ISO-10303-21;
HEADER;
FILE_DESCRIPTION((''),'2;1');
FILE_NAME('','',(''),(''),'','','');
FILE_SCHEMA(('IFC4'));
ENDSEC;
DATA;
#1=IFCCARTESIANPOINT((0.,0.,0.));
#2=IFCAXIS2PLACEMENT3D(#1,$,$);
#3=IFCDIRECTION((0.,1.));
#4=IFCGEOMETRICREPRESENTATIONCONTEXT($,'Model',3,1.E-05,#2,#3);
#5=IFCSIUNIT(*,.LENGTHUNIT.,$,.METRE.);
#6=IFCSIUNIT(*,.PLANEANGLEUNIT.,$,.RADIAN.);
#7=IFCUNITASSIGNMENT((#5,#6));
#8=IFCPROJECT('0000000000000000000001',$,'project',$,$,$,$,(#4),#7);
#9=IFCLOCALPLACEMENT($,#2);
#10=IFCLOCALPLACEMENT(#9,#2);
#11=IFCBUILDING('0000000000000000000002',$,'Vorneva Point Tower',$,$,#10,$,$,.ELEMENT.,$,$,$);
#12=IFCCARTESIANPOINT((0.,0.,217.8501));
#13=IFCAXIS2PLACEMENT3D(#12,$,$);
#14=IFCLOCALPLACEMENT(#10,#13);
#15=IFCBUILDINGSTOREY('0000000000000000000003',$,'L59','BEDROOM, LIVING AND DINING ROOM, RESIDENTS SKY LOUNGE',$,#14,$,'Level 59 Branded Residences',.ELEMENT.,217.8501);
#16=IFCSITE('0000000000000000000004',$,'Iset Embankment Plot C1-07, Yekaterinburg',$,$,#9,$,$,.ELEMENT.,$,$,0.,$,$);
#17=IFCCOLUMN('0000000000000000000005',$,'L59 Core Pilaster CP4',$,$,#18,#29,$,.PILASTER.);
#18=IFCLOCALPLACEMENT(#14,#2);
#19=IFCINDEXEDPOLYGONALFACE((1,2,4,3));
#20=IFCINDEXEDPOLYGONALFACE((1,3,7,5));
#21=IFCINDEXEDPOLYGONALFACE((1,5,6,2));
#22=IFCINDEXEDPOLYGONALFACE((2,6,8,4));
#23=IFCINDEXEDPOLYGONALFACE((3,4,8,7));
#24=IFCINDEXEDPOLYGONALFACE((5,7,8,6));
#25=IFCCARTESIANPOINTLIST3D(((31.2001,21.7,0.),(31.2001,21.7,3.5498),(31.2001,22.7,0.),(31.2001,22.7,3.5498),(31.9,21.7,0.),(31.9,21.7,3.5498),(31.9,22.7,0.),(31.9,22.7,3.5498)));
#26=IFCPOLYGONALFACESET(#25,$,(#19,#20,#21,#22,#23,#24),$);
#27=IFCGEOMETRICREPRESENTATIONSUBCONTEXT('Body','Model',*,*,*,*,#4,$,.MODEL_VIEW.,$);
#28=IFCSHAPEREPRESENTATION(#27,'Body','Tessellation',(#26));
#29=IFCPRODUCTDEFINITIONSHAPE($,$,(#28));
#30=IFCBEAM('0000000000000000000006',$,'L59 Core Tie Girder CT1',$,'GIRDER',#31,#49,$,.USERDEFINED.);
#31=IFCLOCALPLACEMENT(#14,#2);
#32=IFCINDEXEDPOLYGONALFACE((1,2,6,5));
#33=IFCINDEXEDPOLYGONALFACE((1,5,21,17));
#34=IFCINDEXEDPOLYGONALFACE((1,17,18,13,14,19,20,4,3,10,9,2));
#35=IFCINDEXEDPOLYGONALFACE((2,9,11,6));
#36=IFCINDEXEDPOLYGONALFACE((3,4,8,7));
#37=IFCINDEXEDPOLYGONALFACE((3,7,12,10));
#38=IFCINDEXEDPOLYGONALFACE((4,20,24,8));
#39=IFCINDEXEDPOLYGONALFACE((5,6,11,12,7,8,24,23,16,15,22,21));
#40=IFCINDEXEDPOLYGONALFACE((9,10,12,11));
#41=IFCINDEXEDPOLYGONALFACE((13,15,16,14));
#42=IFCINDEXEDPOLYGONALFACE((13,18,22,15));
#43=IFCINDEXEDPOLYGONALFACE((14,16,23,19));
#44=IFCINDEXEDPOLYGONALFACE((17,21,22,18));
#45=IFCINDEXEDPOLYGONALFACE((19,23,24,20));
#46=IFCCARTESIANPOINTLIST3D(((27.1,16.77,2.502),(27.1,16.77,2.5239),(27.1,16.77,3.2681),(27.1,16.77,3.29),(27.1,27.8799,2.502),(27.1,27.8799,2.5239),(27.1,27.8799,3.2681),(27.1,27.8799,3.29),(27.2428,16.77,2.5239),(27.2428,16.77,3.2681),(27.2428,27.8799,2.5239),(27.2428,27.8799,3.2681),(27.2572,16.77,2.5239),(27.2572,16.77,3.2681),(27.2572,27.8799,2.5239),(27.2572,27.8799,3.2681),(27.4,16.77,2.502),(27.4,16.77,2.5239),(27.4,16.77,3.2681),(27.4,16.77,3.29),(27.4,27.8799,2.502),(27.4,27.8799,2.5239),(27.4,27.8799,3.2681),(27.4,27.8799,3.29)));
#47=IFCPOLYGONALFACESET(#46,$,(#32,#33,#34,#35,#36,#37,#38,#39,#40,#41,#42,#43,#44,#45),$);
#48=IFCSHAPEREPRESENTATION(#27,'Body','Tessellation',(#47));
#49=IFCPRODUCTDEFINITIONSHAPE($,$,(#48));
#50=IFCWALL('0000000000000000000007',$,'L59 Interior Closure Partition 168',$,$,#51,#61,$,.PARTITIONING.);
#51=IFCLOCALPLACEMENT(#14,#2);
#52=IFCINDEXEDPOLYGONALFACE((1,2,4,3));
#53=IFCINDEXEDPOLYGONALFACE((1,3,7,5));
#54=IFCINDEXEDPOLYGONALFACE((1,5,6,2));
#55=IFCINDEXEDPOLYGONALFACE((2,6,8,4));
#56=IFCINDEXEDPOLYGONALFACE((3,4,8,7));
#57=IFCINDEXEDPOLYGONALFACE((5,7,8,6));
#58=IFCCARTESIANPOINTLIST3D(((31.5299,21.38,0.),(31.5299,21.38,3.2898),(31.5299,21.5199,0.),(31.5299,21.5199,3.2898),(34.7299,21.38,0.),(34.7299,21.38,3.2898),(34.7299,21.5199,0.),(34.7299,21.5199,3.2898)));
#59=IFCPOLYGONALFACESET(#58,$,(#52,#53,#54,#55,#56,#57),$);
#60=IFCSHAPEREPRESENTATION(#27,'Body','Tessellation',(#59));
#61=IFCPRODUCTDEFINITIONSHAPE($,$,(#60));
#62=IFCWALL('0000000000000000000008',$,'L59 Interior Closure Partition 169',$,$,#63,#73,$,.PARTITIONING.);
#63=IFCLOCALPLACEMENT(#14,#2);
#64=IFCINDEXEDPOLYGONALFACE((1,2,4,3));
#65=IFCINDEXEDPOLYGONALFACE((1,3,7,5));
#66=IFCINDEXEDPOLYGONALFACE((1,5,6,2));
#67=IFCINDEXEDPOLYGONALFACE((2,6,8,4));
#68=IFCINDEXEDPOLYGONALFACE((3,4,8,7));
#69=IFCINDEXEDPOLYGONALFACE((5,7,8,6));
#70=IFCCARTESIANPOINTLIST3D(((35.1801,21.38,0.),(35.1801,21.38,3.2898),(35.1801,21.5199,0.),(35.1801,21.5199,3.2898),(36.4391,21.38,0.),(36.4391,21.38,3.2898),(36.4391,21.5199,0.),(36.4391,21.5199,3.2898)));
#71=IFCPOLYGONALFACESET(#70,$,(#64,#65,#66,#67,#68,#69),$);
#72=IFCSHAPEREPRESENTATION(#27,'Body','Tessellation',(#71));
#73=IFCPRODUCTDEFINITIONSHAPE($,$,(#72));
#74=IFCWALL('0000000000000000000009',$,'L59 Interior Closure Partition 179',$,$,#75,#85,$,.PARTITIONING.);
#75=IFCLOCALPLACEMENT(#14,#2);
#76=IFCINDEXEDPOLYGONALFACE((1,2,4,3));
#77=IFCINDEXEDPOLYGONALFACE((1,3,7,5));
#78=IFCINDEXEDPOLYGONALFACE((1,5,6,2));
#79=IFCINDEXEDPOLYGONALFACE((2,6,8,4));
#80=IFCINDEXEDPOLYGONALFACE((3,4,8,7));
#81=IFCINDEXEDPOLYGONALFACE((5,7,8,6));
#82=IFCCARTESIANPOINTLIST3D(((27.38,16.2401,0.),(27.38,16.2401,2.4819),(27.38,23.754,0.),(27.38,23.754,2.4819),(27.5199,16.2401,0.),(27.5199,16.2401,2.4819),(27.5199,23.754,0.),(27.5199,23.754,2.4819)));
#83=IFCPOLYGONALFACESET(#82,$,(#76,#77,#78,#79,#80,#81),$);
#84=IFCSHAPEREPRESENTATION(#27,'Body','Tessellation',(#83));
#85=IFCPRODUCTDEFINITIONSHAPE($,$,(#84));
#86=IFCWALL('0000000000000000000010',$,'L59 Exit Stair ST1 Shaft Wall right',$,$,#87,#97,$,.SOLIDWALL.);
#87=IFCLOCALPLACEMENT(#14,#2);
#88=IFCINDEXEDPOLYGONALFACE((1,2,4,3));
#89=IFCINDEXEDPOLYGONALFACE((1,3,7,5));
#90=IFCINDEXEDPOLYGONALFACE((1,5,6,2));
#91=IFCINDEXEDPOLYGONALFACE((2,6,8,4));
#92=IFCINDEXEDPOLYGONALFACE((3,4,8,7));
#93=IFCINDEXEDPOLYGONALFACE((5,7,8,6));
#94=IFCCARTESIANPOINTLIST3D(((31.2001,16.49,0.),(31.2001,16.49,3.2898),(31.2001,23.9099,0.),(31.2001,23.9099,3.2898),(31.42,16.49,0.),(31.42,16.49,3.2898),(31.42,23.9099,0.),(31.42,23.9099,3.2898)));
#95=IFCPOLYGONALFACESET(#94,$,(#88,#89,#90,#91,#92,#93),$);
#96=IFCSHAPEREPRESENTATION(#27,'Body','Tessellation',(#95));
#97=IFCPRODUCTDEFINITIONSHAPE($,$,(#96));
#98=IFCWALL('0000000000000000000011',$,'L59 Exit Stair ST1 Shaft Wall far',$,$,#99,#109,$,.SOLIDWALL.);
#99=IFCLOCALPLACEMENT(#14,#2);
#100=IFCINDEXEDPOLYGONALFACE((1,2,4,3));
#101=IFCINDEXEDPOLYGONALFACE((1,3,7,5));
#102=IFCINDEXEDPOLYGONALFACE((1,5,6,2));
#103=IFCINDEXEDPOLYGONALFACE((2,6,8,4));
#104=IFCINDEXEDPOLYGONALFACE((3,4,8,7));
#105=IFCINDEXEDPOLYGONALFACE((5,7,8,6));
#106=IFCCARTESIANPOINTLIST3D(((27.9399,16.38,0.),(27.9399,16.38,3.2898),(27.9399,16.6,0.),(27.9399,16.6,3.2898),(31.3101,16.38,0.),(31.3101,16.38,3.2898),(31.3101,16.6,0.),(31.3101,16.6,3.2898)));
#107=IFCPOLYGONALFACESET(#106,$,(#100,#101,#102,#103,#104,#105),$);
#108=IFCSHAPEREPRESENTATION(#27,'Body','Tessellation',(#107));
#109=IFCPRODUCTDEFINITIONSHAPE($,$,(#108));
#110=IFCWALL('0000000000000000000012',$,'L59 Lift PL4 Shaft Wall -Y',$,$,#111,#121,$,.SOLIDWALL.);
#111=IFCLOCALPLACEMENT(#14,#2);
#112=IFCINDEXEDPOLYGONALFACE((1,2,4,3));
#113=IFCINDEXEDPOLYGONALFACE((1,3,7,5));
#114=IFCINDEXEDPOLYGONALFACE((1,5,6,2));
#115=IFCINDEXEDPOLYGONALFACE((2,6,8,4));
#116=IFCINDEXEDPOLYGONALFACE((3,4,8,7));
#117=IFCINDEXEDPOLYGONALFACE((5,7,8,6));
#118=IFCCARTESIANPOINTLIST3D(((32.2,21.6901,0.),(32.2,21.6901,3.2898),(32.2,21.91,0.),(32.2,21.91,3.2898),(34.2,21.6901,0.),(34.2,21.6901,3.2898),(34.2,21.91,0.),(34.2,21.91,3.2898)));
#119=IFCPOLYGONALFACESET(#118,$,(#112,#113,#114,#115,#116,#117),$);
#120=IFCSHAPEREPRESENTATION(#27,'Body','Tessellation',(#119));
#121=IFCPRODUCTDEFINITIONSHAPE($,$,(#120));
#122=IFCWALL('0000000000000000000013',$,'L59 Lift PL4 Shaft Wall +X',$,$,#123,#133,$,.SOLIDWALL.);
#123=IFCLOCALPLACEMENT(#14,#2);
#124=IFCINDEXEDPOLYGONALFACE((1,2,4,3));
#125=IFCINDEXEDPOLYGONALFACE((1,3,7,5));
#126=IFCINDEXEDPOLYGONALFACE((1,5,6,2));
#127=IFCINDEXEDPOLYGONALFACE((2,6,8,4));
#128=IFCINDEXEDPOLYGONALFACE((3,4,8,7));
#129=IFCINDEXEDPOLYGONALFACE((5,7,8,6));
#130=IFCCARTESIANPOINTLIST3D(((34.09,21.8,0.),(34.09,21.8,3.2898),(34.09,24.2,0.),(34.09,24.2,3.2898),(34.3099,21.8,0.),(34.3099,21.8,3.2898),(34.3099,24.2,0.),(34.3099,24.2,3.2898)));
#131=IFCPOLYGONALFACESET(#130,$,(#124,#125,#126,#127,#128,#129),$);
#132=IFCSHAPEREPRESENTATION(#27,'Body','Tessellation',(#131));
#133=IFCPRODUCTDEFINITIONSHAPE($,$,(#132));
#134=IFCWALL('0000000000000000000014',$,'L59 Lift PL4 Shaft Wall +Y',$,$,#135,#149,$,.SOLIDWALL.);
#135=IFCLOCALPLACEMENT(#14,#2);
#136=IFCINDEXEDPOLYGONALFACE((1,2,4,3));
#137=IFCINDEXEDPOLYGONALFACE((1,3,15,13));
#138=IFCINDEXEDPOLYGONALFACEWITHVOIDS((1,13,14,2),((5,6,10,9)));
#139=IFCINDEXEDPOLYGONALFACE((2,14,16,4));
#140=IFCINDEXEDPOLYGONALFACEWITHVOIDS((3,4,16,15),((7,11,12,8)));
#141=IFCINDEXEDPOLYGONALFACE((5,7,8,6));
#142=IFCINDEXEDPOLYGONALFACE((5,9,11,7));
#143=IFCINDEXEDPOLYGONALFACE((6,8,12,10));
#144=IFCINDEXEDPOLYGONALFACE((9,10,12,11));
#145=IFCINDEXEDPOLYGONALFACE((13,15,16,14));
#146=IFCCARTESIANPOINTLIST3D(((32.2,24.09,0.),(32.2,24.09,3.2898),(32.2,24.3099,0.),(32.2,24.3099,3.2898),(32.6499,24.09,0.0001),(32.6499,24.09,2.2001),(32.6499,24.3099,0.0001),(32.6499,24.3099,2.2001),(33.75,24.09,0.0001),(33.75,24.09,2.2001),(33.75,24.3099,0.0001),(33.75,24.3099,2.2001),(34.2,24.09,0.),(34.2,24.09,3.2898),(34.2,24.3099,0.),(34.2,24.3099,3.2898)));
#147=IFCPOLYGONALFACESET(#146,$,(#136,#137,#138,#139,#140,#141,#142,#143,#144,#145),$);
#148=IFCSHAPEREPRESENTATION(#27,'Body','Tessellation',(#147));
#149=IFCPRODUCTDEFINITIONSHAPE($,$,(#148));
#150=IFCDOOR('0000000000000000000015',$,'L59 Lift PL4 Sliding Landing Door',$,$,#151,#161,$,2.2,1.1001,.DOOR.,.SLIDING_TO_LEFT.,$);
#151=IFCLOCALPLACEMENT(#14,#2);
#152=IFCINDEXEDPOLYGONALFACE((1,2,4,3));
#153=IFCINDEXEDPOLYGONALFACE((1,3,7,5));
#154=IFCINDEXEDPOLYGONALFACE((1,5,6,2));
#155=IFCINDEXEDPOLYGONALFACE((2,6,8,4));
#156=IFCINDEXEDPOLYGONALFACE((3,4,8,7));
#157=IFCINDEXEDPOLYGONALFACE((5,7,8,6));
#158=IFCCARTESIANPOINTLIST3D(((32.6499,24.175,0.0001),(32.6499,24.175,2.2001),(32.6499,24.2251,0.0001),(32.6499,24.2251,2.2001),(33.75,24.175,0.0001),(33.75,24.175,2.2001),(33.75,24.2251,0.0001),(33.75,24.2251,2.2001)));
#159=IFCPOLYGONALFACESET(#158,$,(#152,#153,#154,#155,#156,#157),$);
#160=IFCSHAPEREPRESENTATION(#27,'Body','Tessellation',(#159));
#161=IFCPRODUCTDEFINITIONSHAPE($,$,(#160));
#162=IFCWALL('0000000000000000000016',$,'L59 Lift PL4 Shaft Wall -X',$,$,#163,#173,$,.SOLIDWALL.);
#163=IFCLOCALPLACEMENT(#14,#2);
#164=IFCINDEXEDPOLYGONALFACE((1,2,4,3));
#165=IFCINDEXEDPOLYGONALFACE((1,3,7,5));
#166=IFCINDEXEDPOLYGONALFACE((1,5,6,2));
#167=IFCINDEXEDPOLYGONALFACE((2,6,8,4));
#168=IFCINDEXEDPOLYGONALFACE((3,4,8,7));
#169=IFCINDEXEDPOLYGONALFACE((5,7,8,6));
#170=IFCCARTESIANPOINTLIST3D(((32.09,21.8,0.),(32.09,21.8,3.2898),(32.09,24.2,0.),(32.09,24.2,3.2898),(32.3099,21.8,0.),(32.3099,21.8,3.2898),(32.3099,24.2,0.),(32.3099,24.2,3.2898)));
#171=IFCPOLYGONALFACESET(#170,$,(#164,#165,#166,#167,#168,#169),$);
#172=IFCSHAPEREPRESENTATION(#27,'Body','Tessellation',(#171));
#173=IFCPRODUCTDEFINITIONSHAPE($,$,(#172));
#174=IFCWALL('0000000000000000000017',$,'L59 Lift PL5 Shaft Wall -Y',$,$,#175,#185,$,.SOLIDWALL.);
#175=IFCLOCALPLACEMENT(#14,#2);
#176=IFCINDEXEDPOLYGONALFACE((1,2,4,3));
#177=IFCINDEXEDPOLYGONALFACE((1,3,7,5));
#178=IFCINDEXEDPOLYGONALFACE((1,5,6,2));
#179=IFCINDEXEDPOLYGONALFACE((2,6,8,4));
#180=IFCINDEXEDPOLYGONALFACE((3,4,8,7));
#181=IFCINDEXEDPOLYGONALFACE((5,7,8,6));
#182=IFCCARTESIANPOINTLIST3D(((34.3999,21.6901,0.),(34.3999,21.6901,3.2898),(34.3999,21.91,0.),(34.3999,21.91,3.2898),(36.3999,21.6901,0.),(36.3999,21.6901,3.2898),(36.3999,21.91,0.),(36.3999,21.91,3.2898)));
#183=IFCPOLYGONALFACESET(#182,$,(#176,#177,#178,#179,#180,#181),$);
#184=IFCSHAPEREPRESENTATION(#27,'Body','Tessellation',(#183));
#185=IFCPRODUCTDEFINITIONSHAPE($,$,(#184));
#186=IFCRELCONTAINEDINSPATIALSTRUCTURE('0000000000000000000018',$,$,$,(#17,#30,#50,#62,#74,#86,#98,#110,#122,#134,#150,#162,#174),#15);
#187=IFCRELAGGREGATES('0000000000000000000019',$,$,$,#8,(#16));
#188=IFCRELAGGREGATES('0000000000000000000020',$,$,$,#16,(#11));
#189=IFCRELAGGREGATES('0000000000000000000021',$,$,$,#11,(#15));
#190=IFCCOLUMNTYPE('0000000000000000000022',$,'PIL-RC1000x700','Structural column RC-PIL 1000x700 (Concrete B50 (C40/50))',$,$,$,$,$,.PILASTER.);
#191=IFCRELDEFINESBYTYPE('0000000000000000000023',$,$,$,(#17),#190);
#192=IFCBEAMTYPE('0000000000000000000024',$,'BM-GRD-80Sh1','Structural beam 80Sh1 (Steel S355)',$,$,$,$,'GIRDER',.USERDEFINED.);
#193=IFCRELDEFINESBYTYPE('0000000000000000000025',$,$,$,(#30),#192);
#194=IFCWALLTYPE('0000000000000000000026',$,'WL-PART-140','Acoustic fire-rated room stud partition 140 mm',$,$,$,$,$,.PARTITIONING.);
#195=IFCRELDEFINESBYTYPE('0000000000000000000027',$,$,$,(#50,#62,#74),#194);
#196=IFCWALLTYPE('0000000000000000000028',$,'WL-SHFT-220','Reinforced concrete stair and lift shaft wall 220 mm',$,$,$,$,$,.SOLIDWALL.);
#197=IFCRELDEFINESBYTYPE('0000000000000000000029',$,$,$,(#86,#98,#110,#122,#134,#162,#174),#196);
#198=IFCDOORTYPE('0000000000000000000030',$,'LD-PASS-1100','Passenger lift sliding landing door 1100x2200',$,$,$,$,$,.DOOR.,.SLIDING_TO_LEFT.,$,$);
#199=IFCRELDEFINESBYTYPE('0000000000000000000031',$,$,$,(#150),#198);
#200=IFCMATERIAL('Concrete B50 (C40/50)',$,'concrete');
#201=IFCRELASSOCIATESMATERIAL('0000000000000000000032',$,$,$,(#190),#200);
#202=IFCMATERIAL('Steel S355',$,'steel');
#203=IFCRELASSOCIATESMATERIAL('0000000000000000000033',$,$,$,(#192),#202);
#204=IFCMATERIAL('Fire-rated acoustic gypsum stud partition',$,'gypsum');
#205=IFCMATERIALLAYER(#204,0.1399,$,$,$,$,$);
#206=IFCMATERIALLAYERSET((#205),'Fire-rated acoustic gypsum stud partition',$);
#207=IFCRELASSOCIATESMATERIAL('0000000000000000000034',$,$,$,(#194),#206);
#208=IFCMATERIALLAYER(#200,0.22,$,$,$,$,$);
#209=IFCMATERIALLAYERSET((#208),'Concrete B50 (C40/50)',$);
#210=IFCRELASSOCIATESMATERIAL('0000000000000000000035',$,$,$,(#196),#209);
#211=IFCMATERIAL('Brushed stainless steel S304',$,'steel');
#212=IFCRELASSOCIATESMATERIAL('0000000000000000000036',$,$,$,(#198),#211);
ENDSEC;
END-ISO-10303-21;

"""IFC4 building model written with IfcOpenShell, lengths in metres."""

from ifc_helpers import new_model, si_unit, direction, frame, frame_2d, origin, origin_2d, place, context, subcontext, project, spatial, rectangle, i_section, extrude, material, layer, layer_set, material_profile, profile_set, type_object, element, fill, save


model = new_model("IFC4")

# Units and contexts
model_context = context("Model", 3, precision=1e-05, world=origin(), true_north=direction((0.0, 1.0)))
body_context = subcontext(model_context, "Body", "Model", "MODEL_VIEW")
ifc_project = project(units=[si_unit("LENGTHUNIT", "METRE"), si_unit("PLANEANGLEUNIT", "RADIAN")], contexts=[model_context])

# Site, building, storey
site_placement = place(None, origin())
site = spatial("IfcSite", under=ifc_project, at=site_placement, Name="Iset Embankment Plot C1-07, Yekaterinburg", CompositionType="ELEMENT", RefElevation=0.0)
building_placement = place(site_placement, origin())
building = spatial("IfcBuilding", under=site, at=building_placement, Name="Vorneva Point Tower", CompositionType="ELEMENT")
storey_placement = place(building_placement, frame((0.0, 0.0, 217.8501)))
storey = spatial("IfcBuildingStorey", under=building, at=storey_placement, Name="L59", Description="BEDROOM, LIVING AND DINING ROOM, RESIDENTS SKY LOUNGE", LongName="Level 59 Branded Residences", CompositionType="ELEMENT", Elevation=217.8501)

# Column
ifc_material_1 = material(Name="Concrete B50 (C40/50)", Category="concrete")
ifc_material_profile_1 = material_profile(ifc_material_1, rectangle(XDim=0.7, YDim=1.0, at=origin_2d()), Name="RC-PIL 1000x700")
ifc_profile_set_1 = profile_set([ifc_material_profile_1], Name="Concrete B50 (C40/50)")
column_type = type_object("IfcColumnType", Name="PIL-RC1000x700", Description="Structural column RC-PIL 1000x700 (Concrete B50 (C40/50))", PredefinedType="PILASTER", material=ifc_profile_set_1)
column_placement = place(storey_placement, frame((31.55, 22.2, 0.0), z_axis=(0.0, 0.0, 1.0), x_axis=(1.0, 0.0, 0.0)))
element("IfcColumn", 1, at=column_placement, inside=storey, type_object=column_type, Name="L59 Core Pilaster CP4", PredefinedType="PILASTER", context=body_context, shape_type="SweptSolid", body=[
    extrude(rectangle(XDim=0.7, YDim=1.0, at=origin_2d()), origin(), (0.0, 0.0, 1.0), 3.5498),
])

# Beam
ifc_material_2 = material(Name="Steel S355", Category="steel")
ifc_material_profile_2 = material_profile(ifc_material_2, i_section(OverallWidth=0.3, OverallDepth=0.7881, WebThickness=0.0144, FlangeThickness=0.022, at=origin_2d()), Name="80Sh1")
ifc_profile_set_2 = profile_set([ifc_material_profile_2], Name="Steel S355")
beam_type = type_object("IfcBeamType", Name="BM-GRD-80Sh1", Description="Structural beam 80Sh1 (Steel S355)", ElementType="GIRDER", PredefinedType="USERDEFINED", material=ifc_profile_set_2)
beam_placement = place(storey_placement, frame((27.25, 16.77, 2.896), z_axis=(0.0, 1.0, 0.0), x_axis=(-1.0, 0.0, 0.0)))
element("IfcBeam", 2, at=beam_placement, inside=storey, type_object=beam_type, Name="L59 Core Tie Girder CT1", ObjectType="GIRDER", PredefinedType="USERDEFINED", context=body_context, shape_type="SweptSolid", body=[
    extrude(i_section(OverallWidth=0.3, OverallDepth=0.7881, WebThickness=0.0144, FlangeThickness=0.022, at=origin_2d()), origin(), (0.0, 0.0, 1.0), 11.1099),
])

# Walls
ifc_material_3 = material(Name="Fire-rated acoustic gypsum stud partition", Category="gypsum")
ifc_layer_1 = layer(ifc_material_3, 0.1399)
ifc_layer_set_1 = layer_set([ifc_layer_1], Name="Fire-rated acoustic gypsum stud partition")
wall_type_1 = type_object("IfcWallType", Name="WL-PART-140", Description="Acoustic fire-rated room stud partition 140 mm", PredefinedType="PARTITIONING", material=ifc_layer_set_1)
wall_1_placement = place(storey_placement, frame((34.73, 21.45, 0.0), z_axis=(0.0, 0.0, 1.0), x_axis=(-1.0, 0.0, 0.0)))
element("IfcWall", 3, at=wall_1_placement, inside=storey, type_object=wall_type_1, Name="L59 Interior Closure Partition 168", PredefinedType="PARTITIONING", context=body_context, shape_type="SweptSolid", body=[
    extrude(rectangle(XDim=3.2, YDim=0.1399, at=frame_2d((1.6001, 0.0))), origin(), (0.0, 0.0, 1.0), 3.2898),
])
wall_2_placement = place(storey_placement, frame((36.439, 21.45, 0.0), z_axis=(0.0, 0.0, 1.0), x_axis=(-1.0, 0.0, 0.0)))
element("IfcWall", 4, at=wall_2_placement, inside=storey, type_object=wall_type_1, Name="L59 Interior Closure Partition 169", PredefinedType="PARTITIONING", context=body_context, shape_type="SweptSolid", body=[
    extrude(rectangle(XDim=1.259, YDim=0.1399, at=frame_2d((0.6294, 0.0))), origin(), (0.0, 0.0, 1.0), 3.2898),
])
wall_3_placement = place(storey_placement, frame((27.45, 23.7539, 0.0), z_axis=(0.0, 0.0, 1.0), x_axis=(0.0, -1.0, 0.0)))
element("IfcWall", 5, at=wall_3_placement, inside=storey, type_object=wall_type_1, Name="L59 Interior Closure Partition 179", PredefinedType="PARTITIONING", context=body_context, shape_type="SweptSolid", body=[
    extrude(rectangle(XDim=7.5139, YDim=0.1399, at=frame_2d((3.7568, 0.0))), origin(), (0.0, 0.0, 1.0), 2.4819),
])

# Shared definitions
ifc_layer_2 = layer(ifc_material_1, 0.22)
ifc_layer_set_2 = layer_set([ifc_layer_2], Name="Concrete B50 (C40/50)")
wall_type_2 = type_object("IfcWallType", Name="WL-SHFT-220", Description="Reinforced concrete stair and lift shaft wall 220 mm", PredefinedType="SOLIDWALL", material=ifc_layer_set_2)

# Walls
wall_4_placement = place(storey_placement, frame((31.3101, 23.9099, 0.0), z_axis=(0.0, 0.0, 1.0), x_axis=(0.0, -1.0, 0.0)))
element("IfcWall", 6, at=wall_4_placement, inside=storey, type_object=wall_type_2, Name="L59 Exit Stair ST1 Shaft Wall right", PredefinedType="SOLIDWALL", context=body_context, shape_type="SweptSolid", body=[
    extrude(rectangle(XDim=7.4199, YDim=0.22, at=frame_2d((3.71, 0.0))), origin(), (0.0, 0.0, 1.0), 3.2898),
])
wall_5_placement = place(storey_placement, frame((31.3101, 16.49, 0.0), z_axis=(0.0, 0.0, 1.0), x_axis=(-1.0, 0.0, 0.0)))
element("IfcWall", 7, at=wall_5_placement, inside=storey, type_object=wall_type_2, Name="L59 Exit Stair ST1 Shaft Wall far", PredefinedType="SOLIDWALL", context=body_context, shape_type="SweptSolid", body=[
    extrude(rectangle(XDim=3.3701, YDim=0.22, at=frame_2d((1.6851, 0.0))), origin(), (0.0, 0.0, 1.0), 3.2898),
])
wall_6_placement = place(storey_placement, frame((32.2, 21.8, 0.0), z_axis=(0.0, 0.0, 1.0), x_axis=(1.0, 0.0, 0.0)))
element("IfcWall", 8, at=wall_6_placement, inside=storey, type_object=wall_type_2, Name="L59 Lift PL4 Shaft Wall -Y", PredefinedType="SOLIDWALL", context=body_context, shape_type="SweptSolid", body=[
    extrude(rectangle(XDim=2.0, YDim=0.22, at=frame_2d((1.0, 0.0))), origin(), (0.0, 0.0, 1.0), 3.2898),
])
wall_7_placement = place(storey_placement, frame((34.2, 21.8, 0.0), z_axis=(0.0, 0.0, 1.0), x_axis=(0.0, 1.0, 0.0)))
element("IfcWall", 9, at=wall_7_placement, inside=storey, type_object=wall_type_2, Name="L59 Lift PL4 Shaft Wall +X", PredefinedType="SOLIDWALL", context=body_context, shape_type="SweptSolid", body=[
    extrude(rectangle(XDim=2.3999, YDim=0.22, at=frame_2d((1.2, 0.0))), origin(), (0.0, 0.0, 1.0), 3.2898),
])

# Wall, opening, door
wall_8_placement = place(storey_placement, frame((34.2, 24.2, 0.0), z_axis=(0.0, 0.0, 1.0), x_axis=(-1.0, 0.0, 0.0)))
wall_8 = element("IfcWall", 10, at=wall_8_placement, inside=storey, type_object=wall_type_2, Name="L59 Lift PL4 Shaft Wall +Y", PredefinedType="SOLIDWALL", context=body_context, shape_type="SweptSolid", body=[
    extrude(rectangle(XDim=2.0, YDim=0.22, at=frame_2d((1.0, 0.0))), origin(), (0.0, 0.0, 1.0), 3.2898),
])
opening_1_placement = place(wall_8_placement, frame((0.45, 0.0, 0.0)))
opening_1 = element("IfcOpeningElement", 11, at=opening_1_placement, cuts=wall_8, PredefinedType="OPENING", context=body_context, shape_type="SweptSolid", body=[
    extrude(rectangle(XDim=1.1001, YDim=2.2, at=frame_2d((0.55, 1.1001))), frame((0.0, 0.125, 0.0), z_axis=(0.0, -1.0, 0.0), x_axis=(1.0, 0.0, 0.0)), (0.0, 0.0, 1.0), 0.2498),
])
ifc_material_4 = material(Name="Brushed stainless steel S304", Category="steel")
door_type_1 = type_object("IfcDoorType", Name="LD-PASS-1100", Description="Passenger lift sliding landing door 1100x2200", OperationType="SLIDING_TO_LEFT", PredefinedType="DOOR", material=ifc_material_4)
door_1_placement = place(opening_1_placement, origin())
door_1 = element("IfcDoor", 12, at=door_1_placement, inside=storey, type_object=door_type_1, Name="L59 Lift PL4 Sliding Landing Door", OperationType="SLIDING_TO_LEFT", OverallHeight=2.2, OverallWidth=1.1001, PredefinedType="DOOR", context=body_context, shape_type="SweptSolid", body=[
    extrude(rectangle(XDim=1.1001, YDim=2.2, at=frame_2d((0.55, 1.1001))), frame((0.0, 0.0249, 0.0), z_axis=(0.0, -1.0, 0.0), x_axis=(1.0, 0.0, 0.0)), (0.0, 0.0, 1.0), 0.05),
])
fill(opening_1, door_1)

# Walls
wall_9_placement = place(storey_placement, frame((32.2, 24.2, 0.0), z_axis=(0.0, 0.0, 1.0), x_axis=(0.0, -1.0, 0.0)))
element("IfcWall", 13, at=wall_9_placement, inside=storey, type_object=wall_type_2, Name="L59 Lift PL4 Shaft Wall -X", PredefinedType="SOLIDWALL", context=body_context, shape_type="SweptSolid", body=[
    extrude(rectangle(XDim=2.3999, YDim=0.22, at=frame_2d((1.2, 0.0))), origin(), (0.0, 0.0, 1.0), 3.2898),
])
wall_10_placement = place(storey_placement, frame((34.3999, 21.8, 0.0), z_axis=(0.0, 0.0, 1.0), x_axis=(1.0, 0.0, 0.0)))
element("IfcWall", 14, at=wall_10_placement, inside=storey, type_object=wall_type_2, Name="L59 Lift PL5 Shaft Wall -Y", PredefinedType="SOLIDWALL", context=body_context, shape_type="SweptSolid", body=[
    extrude(rectangle(XDim=2.0, YDim=0.22, at=frame_2d((1.0, 0.0))), origin(), (0.0, 0.0, 1.0), 3.2898),
])

save(model, "model.ifc")
